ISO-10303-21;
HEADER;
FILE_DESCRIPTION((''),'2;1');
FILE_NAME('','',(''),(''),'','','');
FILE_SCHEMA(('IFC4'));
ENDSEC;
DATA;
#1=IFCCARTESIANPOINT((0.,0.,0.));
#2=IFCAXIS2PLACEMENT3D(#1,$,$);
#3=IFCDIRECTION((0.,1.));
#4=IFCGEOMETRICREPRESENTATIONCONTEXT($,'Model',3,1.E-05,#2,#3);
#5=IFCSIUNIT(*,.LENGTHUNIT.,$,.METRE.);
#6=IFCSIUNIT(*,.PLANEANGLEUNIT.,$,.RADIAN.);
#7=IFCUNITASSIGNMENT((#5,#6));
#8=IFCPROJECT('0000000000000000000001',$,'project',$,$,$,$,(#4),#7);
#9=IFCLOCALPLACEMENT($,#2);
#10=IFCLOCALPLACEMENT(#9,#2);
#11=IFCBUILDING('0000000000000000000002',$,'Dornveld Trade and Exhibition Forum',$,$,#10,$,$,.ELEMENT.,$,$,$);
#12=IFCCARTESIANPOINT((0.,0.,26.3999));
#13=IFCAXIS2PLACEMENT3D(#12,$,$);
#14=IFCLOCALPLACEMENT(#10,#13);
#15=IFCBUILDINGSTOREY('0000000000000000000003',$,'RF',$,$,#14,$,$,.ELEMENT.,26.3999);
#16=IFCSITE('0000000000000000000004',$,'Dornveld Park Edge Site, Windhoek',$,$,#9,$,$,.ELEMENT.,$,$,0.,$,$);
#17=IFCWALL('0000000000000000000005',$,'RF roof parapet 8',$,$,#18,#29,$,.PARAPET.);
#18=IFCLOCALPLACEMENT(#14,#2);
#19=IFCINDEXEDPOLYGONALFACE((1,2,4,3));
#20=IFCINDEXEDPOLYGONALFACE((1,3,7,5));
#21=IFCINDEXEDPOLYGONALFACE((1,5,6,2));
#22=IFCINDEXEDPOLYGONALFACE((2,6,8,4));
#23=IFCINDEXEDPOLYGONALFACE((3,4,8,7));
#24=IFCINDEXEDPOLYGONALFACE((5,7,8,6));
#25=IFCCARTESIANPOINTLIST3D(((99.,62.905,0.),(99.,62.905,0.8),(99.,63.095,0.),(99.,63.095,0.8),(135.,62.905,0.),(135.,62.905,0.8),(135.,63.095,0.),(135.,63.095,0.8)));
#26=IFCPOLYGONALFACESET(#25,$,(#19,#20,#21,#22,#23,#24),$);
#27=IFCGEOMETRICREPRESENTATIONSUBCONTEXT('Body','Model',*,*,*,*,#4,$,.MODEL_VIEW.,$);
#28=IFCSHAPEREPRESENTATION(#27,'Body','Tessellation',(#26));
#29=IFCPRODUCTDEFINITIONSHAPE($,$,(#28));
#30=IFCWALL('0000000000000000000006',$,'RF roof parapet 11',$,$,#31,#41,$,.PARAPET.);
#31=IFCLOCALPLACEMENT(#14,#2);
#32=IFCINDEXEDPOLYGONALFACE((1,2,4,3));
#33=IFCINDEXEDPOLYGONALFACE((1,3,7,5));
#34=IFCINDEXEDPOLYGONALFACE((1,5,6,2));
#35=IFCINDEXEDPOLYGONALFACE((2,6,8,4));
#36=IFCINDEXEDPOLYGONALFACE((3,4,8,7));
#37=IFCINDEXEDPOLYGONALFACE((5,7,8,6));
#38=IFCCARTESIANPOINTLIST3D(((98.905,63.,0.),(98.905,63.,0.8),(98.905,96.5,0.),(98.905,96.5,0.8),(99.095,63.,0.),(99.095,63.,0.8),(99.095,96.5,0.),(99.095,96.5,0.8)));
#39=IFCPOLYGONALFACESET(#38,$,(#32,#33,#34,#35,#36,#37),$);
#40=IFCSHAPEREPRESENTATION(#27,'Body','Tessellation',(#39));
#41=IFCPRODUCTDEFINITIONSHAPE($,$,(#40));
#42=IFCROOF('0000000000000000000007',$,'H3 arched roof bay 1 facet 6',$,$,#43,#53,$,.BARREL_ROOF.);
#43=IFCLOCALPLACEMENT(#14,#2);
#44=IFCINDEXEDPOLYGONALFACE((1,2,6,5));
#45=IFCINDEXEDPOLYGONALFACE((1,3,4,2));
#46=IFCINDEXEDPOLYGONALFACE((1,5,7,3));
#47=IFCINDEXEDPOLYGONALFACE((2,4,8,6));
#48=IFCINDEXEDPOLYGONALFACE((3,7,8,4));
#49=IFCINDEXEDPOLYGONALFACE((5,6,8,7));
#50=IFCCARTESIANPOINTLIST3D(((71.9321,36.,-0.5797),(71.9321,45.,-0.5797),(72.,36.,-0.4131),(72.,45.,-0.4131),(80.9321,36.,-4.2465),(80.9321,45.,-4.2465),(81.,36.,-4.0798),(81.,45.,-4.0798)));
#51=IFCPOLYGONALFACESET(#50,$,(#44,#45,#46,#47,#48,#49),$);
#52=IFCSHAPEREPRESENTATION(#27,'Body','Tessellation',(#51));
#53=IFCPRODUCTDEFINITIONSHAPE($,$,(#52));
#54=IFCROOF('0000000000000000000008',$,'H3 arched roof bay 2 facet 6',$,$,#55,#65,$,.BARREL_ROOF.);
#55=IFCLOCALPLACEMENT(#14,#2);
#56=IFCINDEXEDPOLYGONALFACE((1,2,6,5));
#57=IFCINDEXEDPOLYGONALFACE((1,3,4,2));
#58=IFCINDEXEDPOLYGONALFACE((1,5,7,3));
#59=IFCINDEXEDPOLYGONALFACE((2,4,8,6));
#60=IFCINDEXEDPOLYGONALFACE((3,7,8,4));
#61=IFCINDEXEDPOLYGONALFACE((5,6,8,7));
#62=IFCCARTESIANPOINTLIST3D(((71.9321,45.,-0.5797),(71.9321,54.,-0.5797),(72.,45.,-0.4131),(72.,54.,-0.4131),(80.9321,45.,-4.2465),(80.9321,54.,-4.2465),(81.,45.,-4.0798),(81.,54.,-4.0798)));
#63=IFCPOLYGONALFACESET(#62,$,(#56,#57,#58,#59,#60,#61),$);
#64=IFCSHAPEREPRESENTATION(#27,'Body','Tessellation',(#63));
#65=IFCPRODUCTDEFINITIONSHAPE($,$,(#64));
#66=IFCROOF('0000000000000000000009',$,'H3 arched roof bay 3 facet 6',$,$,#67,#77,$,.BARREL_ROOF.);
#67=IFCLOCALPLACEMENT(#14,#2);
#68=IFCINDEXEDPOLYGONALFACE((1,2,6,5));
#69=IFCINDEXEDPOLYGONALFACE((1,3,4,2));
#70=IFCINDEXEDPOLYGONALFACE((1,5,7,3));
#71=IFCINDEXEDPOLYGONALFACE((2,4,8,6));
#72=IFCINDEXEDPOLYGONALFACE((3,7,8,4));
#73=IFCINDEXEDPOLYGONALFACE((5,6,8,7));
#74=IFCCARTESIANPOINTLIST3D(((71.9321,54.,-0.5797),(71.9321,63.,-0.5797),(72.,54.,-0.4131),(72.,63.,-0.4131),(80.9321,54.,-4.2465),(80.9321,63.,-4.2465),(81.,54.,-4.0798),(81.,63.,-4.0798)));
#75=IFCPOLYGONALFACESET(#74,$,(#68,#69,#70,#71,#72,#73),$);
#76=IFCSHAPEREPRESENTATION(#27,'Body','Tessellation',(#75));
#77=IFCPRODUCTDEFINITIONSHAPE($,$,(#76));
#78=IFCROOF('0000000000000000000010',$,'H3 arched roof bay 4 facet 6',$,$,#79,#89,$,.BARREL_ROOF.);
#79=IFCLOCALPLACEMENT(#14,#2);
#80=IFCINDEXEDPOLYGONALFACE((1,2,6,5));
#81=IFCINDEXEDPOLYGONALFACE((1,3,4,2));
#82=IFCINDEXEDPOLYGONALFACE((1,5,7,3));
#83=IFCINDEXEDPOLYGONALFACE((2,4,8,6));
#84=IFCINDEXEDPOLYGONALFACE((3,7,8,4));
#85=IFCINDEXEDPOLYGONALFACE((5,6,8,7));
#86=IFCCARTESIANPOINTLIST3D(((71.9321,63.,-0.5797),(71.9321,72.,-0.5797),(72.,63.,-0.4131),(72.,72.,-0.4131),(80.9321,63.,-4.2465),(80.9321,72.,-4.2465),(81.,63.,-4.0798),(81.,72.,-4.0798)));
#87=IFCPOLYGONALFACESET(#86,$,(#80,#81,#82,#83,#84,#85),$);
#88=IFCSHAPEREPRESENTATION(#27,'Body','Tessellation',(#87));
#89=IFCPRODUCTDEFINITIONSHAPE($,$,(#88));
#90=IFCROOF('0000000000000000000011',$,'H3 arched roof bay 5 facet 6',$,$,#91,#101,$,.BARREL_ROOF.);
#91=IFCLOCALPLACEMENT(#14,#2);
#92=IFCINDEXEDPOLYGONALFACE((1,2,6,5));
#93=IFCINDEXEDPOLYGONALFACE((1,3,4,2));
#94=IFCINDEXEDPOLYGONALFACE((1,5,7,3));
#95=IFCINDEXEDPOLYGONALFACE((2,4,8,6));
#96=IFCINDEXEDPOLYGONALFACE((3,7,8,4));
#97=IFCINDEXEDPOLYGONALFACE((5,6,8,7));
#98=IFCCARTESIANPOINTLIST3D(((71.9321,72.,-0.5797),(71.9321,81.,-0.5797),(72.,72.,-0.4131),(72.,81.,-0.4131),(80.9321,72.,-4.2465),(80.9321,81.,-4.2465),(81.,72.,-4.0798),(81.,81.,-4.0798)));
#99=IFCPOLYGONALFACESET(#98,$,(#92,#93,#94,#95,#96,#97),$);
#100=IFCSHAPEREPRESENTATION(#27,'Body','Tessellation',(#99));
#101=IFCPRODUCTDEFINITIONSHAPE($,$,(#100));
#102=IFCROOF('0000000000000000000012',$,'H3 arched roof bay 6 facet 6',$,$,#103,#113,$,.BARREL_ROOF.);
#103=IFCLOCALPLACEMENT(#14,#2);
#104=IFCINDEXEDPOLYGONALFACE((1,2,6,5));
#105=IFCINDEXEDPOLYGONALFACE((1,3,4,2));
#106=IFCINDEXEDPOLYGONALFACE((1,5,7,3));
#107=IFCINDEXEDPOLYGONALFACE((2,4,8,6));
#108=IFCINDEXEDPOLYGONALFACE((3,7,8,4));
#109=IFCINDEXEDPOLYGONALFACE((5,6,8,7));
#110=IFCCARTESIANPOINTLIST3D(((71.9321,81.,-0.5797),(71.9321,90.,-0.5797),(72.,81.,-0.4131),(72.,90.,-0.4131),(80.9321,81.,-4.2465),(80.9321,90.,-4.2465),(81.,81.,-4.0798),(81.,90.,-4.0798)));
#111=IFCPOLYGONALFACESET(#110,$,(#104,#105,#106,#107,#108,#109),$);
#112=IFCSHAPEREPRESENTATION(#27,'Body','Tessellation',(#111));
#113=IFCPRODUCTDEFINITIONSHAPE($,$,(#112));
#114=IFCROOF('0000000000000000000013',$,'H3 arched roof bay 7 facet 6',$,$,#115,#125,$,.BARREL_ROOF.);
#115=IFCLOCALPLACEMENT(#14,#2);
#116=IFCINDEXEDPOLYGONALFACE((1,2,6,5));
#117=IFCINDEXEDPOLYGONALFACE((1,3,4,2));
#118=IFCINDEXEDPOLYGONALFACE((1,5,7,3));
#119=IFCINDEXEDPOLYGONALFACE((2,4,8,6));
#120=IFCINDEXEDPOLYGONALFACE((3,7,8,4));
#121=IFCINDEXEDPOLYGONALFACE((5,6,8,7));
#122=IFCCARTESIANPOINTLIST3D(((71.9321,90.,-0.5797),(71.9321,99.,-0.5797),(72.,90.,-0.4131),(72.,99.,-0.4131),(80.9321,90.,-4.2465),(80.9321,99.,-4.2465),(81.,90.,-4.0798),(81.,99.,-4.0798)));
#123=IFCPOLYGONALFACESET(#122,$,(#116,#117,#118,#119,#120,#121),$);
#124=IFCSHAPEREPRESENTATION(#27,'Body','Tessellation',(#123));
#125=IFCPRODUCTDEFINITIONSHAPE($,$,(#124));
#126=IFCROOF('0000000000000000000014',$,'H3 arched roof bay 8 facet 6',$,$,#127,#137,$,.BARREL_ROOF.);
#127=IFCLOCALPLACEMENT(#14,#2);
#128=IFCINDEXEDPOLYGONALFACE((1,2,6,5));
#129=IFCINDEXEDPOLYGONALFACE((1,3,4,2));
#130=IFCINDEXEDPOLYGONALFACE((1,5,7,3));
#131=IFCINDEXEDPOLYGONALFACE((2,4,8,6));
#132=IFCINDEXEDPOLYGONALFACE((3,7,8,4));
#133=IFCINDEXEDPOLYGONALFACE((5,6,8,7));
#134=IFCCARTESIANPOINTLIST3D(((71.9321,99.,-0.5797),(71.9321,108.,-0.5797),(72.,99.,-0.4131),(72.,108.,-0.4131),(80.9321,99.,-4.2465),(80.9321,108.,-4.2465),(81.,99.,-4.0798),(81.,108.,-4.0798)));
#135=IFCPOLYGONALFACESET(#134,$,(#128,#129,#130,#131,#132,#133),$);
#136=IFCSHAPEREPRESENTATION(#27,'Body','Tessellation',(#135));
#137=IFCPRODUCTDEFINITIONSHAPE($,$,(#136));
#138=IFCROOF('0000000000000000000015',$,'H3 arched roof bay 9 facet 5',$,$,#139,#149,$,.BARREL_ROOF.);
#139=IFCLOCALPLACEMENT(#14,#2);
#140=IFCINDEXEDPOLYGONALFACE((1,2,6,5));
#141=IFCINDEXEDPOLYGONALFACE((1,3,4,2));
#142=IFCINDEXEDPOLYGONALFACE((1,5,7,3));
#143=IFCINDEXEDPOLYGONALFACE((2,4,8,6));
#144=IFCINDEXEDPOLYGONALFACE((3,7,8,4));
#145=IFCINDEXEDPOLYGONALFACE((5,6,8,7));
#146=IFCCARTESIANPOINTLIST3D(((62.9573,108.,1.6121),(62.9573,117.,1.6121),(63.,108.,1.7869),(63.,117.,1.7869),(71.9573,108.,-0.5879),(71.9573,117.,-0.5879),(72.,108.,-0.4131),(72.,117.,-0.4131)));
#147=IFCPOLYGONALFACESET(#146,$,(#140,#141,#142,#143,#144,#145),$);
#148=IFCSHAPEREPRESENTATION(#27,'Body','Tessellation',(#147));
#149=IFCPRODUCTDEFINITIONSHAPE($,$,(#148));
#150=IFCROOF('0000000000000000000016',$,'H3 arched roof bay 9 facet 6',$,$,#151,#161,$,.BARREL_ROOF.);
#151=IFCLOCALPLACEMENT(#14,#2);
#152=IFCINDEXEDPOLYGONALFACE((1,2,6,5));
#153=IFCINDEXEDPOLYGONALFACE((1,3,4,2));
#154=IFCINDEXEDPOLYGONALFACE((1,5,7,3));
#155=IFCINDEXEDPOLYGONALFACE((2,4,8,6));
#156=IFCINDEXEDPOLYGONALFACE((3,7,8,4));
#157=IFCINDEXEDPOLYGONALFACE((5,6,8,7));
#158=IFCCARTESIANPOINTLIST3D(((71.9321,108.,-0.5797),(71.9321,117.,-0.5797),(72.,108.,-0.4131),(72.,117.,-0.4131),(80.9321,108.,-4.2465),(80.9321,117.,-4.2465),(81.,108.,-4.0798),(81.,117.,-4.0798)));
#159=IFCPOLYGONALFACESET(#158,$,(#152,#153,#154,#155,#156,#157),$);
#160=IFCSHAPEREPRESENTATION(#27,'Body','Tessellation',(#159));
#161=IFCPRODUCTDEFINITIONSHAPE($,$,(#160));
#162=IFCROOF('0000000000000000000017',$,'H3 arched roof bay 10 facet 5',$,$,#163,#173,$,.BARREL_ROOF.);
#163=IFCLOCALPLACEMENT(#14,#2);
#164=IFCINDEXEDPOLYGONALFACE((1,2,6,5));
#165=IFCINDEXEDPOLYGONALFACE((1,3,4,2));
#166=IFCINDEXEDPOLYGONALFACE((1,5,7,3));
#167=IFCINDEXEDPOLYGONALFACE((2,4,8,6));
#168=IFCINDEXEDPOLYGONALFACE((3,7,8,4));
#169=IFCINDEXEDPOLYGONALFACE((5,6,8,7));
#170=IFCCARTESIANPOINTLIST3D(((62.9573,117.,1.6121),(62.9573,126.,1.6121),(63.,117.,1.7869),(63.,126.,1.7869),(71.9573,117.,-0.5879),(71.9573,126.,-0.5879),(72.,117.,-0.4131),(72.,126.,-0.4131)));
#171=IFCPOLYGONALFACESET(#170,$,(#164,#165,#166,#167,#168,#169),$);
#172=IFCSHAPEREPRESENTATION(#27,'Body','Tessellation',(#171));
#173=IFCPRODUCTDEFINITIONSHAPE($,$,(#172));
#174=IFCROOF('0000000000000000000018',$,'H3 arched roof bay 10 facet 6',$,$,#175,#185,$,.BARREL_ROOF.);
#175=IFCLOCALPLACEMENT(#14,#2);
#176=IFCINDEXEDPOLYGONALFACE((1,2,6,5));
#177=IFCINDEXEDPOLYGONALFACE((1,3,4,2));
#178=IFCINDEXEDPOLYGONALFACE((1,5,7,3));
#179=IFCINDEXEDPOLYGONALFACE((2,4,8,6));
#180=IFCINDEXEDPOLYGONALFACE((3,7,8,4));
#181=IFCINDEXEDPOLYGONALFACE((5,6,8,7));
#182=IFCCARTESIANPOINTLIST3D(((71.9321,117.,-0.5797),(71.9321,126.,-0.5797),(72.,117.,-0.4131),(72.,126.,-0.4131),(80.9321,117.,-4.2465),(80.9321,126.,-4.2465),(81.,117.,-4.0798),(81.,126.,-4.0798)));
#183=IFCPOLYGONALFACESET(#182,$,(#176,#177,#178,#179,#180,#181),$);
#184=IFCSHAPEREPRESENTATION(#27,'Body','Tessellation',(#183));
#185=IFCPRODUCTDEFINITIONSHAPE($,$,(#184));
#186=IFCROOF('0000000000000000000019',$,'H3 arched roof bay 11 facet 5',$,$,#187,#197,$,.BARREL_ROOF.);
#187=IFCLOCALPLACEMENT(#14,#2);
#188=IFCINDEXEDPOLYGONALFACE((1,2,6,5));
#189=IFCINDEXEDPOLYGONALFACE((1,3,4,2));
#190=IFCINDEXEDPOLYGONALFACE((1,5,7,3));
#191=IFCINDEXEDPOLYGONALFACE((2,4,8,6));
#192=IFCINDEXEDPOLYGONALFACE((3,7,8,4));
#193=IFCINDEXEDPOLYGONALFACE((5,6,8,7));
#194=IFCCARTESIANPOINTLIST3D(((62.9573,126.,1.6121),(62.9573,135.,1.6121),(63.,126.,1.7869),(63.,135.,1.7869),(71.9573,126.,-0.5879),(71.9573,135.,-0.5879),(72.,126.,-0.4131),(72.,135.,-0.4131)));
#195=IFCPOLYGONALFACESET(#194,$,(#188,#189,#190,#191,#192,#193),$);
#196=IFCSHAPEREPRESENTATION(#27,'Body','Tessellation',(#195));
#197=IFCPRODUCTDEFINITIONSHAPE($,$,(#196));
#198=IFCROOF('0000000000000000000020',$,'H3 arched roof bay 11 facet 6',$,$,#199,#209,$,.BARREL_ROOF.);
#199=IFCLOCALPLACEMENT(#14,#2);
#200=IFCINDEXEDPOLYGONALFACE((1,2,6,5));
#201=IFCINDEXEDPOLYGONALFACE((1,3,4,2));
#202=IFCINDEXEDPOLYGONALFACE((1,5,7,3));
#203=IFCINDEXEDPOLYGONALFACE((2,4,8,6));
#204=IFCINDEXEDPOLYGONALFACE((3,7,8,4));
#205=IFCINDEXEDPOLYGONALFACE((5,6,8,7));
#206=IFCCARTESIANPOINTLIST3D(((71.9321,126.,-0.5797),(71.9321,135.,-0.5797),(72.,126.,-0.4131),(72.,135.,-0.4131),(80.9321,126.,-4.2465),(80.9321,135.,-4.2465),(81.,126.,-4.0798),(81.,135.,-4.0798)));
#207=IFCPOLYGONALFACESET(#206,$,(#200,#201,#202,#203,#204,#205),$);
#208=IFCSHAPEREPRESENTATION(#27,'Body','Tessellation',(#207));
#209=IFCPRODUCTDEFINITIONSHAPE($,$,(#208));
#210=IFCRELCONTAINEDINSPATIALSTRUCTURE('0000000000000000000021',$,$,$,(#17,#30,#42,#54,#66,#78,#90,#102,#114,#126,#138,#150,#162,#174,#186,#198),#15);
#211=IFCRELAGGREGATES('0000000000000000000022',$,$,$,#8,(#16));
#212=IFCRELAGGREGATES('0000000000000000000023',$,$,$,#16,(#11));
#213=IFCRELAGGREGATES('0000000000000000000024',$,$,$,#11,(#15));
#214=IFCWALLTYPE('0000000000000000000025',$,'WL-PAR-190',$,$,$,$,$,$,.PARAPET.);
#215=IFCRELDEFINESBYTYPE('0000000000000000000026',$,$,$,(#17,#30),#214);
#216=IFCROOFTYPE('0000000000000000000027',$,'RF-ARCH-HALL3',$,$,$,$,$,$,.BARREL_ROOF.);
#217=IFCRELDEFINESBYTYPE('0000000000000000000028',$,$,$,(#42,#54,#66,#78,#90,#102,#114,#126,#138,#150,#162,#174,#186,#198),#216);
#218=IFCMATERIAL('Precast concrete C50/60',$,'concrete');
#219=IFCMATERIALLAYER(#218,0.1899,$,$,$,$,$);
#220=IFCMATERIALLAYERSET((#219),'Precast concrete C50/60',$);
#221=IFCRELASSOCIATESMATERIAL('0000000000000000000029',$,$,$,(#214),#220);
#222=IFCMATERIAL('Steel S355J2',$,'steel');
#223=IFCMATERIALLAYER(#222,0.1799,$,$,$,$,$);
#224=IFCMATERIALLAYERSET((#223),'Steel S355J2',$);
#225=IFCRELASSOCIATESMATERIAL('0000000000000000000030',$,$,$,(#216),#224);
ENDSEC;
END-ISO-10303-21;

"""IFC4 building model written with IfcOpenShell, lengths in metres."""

from ifc_helpers import new_model, si_unit, direction, frame, frame_2d, origin, place, context, subcontext, project, spatial, polyline, rectangle, outline, extrude, material, layer, layer_set, type_object, element, save


model = new_model("IFC4")

# Units and contexts
model_context = context("Model", 3, precision=1e-05, world=origin(), true_north=direction((0.0, 1.0)))
body_context = subcontext(model_context, "Body", "Model", "MODEL_VIEW")
ifc_project = project(units=[si_unit("LENGTHUNIT", "METRE"), si_unit("PLANEANGLEUNIT", "RADIAN")], contexts=[model_context])

# Site, building, storey
site_placement = place(None, origin())
site = spatial("IfcSite", under=ifc_project, at=site_placement, Name="Dornveld Park Edge Site, Windhoek", CompositionType="ELEMENT", RefElevation=0.0)
building_placement = place(site_placement, origin())
building = spatial("IfcBuilding", under=site, at=building_placement, Name="Dornveld Trade and Exhibition Forum", CompositionType="ELEMENT")
storey_placement = place(building_placement, frame((0.0, 0.0, 26.3999)))
storey = spatial("IfcBuildingStorey", under=building, at=storey_placement, Name="RF", CompositionType="ELEMENT", Elevation=26.3999)

# Walls
ifc_material_1 = material(Name="Precast concrete C50/60", Category="concrete")
ifc_layer_1 = layer(ifc_material_1, 0.1899)
ifc_layer_set_1 = layer_set([ifc_layer_1], Name="Precast concrete C50/60")
wall_type = type_object("IfcWallType", Name="WL-PAR-190", PredefinedType="PARAPET", material=ifc_layer_set_1)
wall_1_placement = place(storey_placement, frame((99.0, 63.0, 0.0), z_axis=(0.0, 0.0, 1.0), x_axis=(1.0, 0.0, 0.0)))
element("IfcWall", 1, at=wall_1_placement, inside=storey, type_object=wall_type, Name="RF roof parapet 8", PredefinedType="PARAPET", context=body_context, shape_type="SweptSolid", body=[
    extrude(rectangle(XDim=36.0, YDim=0.1899, at=frame_2d((18.0, 0.0))), origin(), (0.0, 0.0, 1.0), 0.8),
])
wall_2_placement = place(storey_placement, frame((99.0, 96.5, 0.0), z_axis=(0.0, 0.0, 1.0), x_axis=(0.0, -1.0, 0.0)))
element("IfcWall", 2, at=wall_2_placement, inside=storey, type_object=wall_type, Name="RF roof parapet 11", PredefinedType="PARAPET", context=body_context, shape_type="SweptSolid", body=[
    extrude(rectangle(XDim=33.5, YDim=0.1899, at=frame_2d((16.75, 0.0))), origin(), (0.0, 0.0, 1.0), 0.8),
])

# Roofs
ifc_material_2 = material(Name="Steel S355J2", Category="steel")
ifc_layer_2 = layer(ifc_material_2, 0.1799)
ifc_layer_set_2 = layer_set([ifc_layer_2], Name="Steel S355J2")
roof_type_1 = type_object("IfcRoofType", Name="RF-ARCH-HALL3", PredefinedType="BARREL_ROOF", material=ifc_layer_set_2)
for number, where, z_axis, x_axis, name in (
    (3, (72.0, 36.0, -0.4131), (0.377304, 0.0, 0.926089), (0.926089, 0.0, -0.377304), "H3 arched roof bay 1 facet 6"),
    (4, (72.0, 45.0, -0.4131), (0.377304, 0.0, 0.926089), (0.926089, 0.0, -0.377304), "H3 arched roof bay 2 facet 6"),
    (5, (72.0, 54.0, -0.4131), (0.377304, 0.0, 0.926089), (0.926089, 0.0, -0.377304), "H3 arched roof bay 3 facet 6"),
    (6, (72.0, 63.0, -0.4131), (0.377304, 0.0, 0.926089), (0.926089, 0.0, -0.377304), "H3 arched roof bay 4 facet 6"),
    (7, (72.0, 72.0, -0.4131), (0.377304, 0.0, 0.926089), (0.926089, 0.0, -0.377304), "H3 arched roof bay 5 facet 6"),
    (8, (72.0, 81.0, -0.4131), (0.377304, 0.0, 0.926089), (0.926089, 0.0, -0.377304), "H3 arched roof bay 6 facet 6"),
    (9, (72.0, 90.0, -0.4131), (0.377304, 0.0, 0.926089), (0.926089, 0.0, -0.377304), "H3 arched roof bay 7 facet 6"),
    (10, (72.0, 99.0, -0.4131), (0.377304, 0.0, 0.926089), (0.926089, 0.0, -0.377304), "H3 arched roof bay 8 facet 6"),
):
    element("IfcRoof", number, at=place(storey_placement, frame(where, z_axis=z_axis, x_axis=x_axis)), inside=storey, type_object=roof_type_1, Name=name, PredefinedType="BARREL_ROOF", context=body_context, shape_type="SweptSolid", body=[
        extrude(outline(polyline([(0.0, 0.0), (9.7183, 0.0), (9.7183, 9.0), (0.0, 9.0), (0.0, 0.0)])), origin(), (0.0, 0.0, -1.0), 0.1799),
    ])
roof_1_placement = place(storey_placement, frame((63.0, 108.0, 1.7869), z_axis=(0.237448, 0.0, 0.9714), x_axis=(0.9714, 0.0, -0.237448)))
element("IfcRoof", 11, at=roof_1_placement, inside=storey, type_object=roof_type_1, Name="H3 arched roof bay 9 facet 5", PredefinedType="BARREL_ROOF", context=body_context, shape_type="SweptSolid", body=[
    extrude(outline(polyline([(0.0, 0.0), (9.265, 0.0), (9.265, 9.0), (0.0, 9.0), (0.0, 0.0)])), origin(), (0.0, 0.0, -1.0), 0.1799),
])
roof_2_placement = place(storey_placement, frame((72.0, 108.0, -0.4131), z_axis=(0.377304, 0.0, 0.926089), x_axis=(0.926089, 0.0, -0.377304)))
element("IfcRoof", 12, at=roof_2_placement, inside=storey, type_object=roof_type_1, Name="H3 arched roof bay 9 facet 6", PredefinedType="BARREL_ROOF", context=body_context, shape_type="SweptSolid", body=[
    extrude(outline(polyline([(0.0, 0.0), (9.7183, 0.0), (9.7183, 9.0), (0.0, 9.0), (0.0, 0.0)])), origin(), (0.0, 0.0, -1.0), 0.1799),
])
roof_3_placement = place(storey_placement, frame((63.0, 117.0, 1.7869), z_axis=(0.237448, 0.0, 0.9714), x_axis=(0.9714, 0.0, -0.237448)))
element("IfcRoof", 13, at=roof_3_placement, inside=storey, type_object=roof_type_1, Name="H3 arched roof bay 10 facet 5", PredefinedType="BARREL_ROOF", context=body_context, shape_type="SweptSolid", body=[
    extrude(outline(polyline([(0.0, 0.0), (9.265, 0.0), (9.265, 9.0), (0.0, 9.0), (0.0, 0.0)])), origin(), (0.0, 0.0, -1.0), 0.1799),
])
roof_4_placement = place(storey_placement, frame((72.0, 117.0, -0.4131), z_axis=(0.377304, 0.0, 0.926089), x_axis=(0.926089, 0.0, -0.377304)))
element("IfcRoof", 14, at=roof_4_placement, inside=storey, type_object=roof_type_1, Name="H3 arched roof bay 10 facet 6", PredefinedType="BARREL_ROOF", context=body_context, shape_type="SweptSolid", body=[
    extrude(outline(polyline([(0.0, 0.0), (9.7183, 0.0), (9.7183, 9.0), (0.0, 9.0), (0.0, 0.0)])), origin(), (0.0, 0.0, -1.0), 0.1799),
])
roof_5_placement = place(storey_placement, frame((63.0, 126.0, 1.7869), z_axis=(0.237448, 0.0, 0.9714), x_axis=(0.9714, 0.0, -0.237448)))
element("IfcRoof", 15, at=roof_5_placement, inside=storey, type_object=roof_type_1, Name="H3 arched roof bay 11 facet 5", PredefinedType="BARREL_ROOF", context=body_context, shape_type="SweptSolid", body=[
    extrude(outline(polyline([(0.0, 0.0), (9.265, 0.0), (9.265, 9.0), (0.0, 9.0), (0.0, 0.0)])), origin(), (0.0, 0.0, -1.0), 0.1799),
])
roof_6_placement = place(storey_placement, frame((72.0, 126.0, -0.4131), z_axis=(0.377304, 0.0, 0.926089), x_axis=(0.926089, 0.0, -0.377304)))
element("IfcRoof", 16, at=roof_6_placement, inside=storey, type_object=roof_type_1, Name="H3 arched roof bay 11 facet 6", PredefinedType="BARREL_ROOF", context=body_context, shape_type="SweptSolid", body=[
    extrude(outline(polyline([(0.0, 0.0), (9.7183, 0.0), (9.7183, 9.0), (0.0, 9.0), (0.0, 0.0)])), origin(), (0.0, 0.0, -1.0), 0.1799),
])

save(model, "model.ifc")
